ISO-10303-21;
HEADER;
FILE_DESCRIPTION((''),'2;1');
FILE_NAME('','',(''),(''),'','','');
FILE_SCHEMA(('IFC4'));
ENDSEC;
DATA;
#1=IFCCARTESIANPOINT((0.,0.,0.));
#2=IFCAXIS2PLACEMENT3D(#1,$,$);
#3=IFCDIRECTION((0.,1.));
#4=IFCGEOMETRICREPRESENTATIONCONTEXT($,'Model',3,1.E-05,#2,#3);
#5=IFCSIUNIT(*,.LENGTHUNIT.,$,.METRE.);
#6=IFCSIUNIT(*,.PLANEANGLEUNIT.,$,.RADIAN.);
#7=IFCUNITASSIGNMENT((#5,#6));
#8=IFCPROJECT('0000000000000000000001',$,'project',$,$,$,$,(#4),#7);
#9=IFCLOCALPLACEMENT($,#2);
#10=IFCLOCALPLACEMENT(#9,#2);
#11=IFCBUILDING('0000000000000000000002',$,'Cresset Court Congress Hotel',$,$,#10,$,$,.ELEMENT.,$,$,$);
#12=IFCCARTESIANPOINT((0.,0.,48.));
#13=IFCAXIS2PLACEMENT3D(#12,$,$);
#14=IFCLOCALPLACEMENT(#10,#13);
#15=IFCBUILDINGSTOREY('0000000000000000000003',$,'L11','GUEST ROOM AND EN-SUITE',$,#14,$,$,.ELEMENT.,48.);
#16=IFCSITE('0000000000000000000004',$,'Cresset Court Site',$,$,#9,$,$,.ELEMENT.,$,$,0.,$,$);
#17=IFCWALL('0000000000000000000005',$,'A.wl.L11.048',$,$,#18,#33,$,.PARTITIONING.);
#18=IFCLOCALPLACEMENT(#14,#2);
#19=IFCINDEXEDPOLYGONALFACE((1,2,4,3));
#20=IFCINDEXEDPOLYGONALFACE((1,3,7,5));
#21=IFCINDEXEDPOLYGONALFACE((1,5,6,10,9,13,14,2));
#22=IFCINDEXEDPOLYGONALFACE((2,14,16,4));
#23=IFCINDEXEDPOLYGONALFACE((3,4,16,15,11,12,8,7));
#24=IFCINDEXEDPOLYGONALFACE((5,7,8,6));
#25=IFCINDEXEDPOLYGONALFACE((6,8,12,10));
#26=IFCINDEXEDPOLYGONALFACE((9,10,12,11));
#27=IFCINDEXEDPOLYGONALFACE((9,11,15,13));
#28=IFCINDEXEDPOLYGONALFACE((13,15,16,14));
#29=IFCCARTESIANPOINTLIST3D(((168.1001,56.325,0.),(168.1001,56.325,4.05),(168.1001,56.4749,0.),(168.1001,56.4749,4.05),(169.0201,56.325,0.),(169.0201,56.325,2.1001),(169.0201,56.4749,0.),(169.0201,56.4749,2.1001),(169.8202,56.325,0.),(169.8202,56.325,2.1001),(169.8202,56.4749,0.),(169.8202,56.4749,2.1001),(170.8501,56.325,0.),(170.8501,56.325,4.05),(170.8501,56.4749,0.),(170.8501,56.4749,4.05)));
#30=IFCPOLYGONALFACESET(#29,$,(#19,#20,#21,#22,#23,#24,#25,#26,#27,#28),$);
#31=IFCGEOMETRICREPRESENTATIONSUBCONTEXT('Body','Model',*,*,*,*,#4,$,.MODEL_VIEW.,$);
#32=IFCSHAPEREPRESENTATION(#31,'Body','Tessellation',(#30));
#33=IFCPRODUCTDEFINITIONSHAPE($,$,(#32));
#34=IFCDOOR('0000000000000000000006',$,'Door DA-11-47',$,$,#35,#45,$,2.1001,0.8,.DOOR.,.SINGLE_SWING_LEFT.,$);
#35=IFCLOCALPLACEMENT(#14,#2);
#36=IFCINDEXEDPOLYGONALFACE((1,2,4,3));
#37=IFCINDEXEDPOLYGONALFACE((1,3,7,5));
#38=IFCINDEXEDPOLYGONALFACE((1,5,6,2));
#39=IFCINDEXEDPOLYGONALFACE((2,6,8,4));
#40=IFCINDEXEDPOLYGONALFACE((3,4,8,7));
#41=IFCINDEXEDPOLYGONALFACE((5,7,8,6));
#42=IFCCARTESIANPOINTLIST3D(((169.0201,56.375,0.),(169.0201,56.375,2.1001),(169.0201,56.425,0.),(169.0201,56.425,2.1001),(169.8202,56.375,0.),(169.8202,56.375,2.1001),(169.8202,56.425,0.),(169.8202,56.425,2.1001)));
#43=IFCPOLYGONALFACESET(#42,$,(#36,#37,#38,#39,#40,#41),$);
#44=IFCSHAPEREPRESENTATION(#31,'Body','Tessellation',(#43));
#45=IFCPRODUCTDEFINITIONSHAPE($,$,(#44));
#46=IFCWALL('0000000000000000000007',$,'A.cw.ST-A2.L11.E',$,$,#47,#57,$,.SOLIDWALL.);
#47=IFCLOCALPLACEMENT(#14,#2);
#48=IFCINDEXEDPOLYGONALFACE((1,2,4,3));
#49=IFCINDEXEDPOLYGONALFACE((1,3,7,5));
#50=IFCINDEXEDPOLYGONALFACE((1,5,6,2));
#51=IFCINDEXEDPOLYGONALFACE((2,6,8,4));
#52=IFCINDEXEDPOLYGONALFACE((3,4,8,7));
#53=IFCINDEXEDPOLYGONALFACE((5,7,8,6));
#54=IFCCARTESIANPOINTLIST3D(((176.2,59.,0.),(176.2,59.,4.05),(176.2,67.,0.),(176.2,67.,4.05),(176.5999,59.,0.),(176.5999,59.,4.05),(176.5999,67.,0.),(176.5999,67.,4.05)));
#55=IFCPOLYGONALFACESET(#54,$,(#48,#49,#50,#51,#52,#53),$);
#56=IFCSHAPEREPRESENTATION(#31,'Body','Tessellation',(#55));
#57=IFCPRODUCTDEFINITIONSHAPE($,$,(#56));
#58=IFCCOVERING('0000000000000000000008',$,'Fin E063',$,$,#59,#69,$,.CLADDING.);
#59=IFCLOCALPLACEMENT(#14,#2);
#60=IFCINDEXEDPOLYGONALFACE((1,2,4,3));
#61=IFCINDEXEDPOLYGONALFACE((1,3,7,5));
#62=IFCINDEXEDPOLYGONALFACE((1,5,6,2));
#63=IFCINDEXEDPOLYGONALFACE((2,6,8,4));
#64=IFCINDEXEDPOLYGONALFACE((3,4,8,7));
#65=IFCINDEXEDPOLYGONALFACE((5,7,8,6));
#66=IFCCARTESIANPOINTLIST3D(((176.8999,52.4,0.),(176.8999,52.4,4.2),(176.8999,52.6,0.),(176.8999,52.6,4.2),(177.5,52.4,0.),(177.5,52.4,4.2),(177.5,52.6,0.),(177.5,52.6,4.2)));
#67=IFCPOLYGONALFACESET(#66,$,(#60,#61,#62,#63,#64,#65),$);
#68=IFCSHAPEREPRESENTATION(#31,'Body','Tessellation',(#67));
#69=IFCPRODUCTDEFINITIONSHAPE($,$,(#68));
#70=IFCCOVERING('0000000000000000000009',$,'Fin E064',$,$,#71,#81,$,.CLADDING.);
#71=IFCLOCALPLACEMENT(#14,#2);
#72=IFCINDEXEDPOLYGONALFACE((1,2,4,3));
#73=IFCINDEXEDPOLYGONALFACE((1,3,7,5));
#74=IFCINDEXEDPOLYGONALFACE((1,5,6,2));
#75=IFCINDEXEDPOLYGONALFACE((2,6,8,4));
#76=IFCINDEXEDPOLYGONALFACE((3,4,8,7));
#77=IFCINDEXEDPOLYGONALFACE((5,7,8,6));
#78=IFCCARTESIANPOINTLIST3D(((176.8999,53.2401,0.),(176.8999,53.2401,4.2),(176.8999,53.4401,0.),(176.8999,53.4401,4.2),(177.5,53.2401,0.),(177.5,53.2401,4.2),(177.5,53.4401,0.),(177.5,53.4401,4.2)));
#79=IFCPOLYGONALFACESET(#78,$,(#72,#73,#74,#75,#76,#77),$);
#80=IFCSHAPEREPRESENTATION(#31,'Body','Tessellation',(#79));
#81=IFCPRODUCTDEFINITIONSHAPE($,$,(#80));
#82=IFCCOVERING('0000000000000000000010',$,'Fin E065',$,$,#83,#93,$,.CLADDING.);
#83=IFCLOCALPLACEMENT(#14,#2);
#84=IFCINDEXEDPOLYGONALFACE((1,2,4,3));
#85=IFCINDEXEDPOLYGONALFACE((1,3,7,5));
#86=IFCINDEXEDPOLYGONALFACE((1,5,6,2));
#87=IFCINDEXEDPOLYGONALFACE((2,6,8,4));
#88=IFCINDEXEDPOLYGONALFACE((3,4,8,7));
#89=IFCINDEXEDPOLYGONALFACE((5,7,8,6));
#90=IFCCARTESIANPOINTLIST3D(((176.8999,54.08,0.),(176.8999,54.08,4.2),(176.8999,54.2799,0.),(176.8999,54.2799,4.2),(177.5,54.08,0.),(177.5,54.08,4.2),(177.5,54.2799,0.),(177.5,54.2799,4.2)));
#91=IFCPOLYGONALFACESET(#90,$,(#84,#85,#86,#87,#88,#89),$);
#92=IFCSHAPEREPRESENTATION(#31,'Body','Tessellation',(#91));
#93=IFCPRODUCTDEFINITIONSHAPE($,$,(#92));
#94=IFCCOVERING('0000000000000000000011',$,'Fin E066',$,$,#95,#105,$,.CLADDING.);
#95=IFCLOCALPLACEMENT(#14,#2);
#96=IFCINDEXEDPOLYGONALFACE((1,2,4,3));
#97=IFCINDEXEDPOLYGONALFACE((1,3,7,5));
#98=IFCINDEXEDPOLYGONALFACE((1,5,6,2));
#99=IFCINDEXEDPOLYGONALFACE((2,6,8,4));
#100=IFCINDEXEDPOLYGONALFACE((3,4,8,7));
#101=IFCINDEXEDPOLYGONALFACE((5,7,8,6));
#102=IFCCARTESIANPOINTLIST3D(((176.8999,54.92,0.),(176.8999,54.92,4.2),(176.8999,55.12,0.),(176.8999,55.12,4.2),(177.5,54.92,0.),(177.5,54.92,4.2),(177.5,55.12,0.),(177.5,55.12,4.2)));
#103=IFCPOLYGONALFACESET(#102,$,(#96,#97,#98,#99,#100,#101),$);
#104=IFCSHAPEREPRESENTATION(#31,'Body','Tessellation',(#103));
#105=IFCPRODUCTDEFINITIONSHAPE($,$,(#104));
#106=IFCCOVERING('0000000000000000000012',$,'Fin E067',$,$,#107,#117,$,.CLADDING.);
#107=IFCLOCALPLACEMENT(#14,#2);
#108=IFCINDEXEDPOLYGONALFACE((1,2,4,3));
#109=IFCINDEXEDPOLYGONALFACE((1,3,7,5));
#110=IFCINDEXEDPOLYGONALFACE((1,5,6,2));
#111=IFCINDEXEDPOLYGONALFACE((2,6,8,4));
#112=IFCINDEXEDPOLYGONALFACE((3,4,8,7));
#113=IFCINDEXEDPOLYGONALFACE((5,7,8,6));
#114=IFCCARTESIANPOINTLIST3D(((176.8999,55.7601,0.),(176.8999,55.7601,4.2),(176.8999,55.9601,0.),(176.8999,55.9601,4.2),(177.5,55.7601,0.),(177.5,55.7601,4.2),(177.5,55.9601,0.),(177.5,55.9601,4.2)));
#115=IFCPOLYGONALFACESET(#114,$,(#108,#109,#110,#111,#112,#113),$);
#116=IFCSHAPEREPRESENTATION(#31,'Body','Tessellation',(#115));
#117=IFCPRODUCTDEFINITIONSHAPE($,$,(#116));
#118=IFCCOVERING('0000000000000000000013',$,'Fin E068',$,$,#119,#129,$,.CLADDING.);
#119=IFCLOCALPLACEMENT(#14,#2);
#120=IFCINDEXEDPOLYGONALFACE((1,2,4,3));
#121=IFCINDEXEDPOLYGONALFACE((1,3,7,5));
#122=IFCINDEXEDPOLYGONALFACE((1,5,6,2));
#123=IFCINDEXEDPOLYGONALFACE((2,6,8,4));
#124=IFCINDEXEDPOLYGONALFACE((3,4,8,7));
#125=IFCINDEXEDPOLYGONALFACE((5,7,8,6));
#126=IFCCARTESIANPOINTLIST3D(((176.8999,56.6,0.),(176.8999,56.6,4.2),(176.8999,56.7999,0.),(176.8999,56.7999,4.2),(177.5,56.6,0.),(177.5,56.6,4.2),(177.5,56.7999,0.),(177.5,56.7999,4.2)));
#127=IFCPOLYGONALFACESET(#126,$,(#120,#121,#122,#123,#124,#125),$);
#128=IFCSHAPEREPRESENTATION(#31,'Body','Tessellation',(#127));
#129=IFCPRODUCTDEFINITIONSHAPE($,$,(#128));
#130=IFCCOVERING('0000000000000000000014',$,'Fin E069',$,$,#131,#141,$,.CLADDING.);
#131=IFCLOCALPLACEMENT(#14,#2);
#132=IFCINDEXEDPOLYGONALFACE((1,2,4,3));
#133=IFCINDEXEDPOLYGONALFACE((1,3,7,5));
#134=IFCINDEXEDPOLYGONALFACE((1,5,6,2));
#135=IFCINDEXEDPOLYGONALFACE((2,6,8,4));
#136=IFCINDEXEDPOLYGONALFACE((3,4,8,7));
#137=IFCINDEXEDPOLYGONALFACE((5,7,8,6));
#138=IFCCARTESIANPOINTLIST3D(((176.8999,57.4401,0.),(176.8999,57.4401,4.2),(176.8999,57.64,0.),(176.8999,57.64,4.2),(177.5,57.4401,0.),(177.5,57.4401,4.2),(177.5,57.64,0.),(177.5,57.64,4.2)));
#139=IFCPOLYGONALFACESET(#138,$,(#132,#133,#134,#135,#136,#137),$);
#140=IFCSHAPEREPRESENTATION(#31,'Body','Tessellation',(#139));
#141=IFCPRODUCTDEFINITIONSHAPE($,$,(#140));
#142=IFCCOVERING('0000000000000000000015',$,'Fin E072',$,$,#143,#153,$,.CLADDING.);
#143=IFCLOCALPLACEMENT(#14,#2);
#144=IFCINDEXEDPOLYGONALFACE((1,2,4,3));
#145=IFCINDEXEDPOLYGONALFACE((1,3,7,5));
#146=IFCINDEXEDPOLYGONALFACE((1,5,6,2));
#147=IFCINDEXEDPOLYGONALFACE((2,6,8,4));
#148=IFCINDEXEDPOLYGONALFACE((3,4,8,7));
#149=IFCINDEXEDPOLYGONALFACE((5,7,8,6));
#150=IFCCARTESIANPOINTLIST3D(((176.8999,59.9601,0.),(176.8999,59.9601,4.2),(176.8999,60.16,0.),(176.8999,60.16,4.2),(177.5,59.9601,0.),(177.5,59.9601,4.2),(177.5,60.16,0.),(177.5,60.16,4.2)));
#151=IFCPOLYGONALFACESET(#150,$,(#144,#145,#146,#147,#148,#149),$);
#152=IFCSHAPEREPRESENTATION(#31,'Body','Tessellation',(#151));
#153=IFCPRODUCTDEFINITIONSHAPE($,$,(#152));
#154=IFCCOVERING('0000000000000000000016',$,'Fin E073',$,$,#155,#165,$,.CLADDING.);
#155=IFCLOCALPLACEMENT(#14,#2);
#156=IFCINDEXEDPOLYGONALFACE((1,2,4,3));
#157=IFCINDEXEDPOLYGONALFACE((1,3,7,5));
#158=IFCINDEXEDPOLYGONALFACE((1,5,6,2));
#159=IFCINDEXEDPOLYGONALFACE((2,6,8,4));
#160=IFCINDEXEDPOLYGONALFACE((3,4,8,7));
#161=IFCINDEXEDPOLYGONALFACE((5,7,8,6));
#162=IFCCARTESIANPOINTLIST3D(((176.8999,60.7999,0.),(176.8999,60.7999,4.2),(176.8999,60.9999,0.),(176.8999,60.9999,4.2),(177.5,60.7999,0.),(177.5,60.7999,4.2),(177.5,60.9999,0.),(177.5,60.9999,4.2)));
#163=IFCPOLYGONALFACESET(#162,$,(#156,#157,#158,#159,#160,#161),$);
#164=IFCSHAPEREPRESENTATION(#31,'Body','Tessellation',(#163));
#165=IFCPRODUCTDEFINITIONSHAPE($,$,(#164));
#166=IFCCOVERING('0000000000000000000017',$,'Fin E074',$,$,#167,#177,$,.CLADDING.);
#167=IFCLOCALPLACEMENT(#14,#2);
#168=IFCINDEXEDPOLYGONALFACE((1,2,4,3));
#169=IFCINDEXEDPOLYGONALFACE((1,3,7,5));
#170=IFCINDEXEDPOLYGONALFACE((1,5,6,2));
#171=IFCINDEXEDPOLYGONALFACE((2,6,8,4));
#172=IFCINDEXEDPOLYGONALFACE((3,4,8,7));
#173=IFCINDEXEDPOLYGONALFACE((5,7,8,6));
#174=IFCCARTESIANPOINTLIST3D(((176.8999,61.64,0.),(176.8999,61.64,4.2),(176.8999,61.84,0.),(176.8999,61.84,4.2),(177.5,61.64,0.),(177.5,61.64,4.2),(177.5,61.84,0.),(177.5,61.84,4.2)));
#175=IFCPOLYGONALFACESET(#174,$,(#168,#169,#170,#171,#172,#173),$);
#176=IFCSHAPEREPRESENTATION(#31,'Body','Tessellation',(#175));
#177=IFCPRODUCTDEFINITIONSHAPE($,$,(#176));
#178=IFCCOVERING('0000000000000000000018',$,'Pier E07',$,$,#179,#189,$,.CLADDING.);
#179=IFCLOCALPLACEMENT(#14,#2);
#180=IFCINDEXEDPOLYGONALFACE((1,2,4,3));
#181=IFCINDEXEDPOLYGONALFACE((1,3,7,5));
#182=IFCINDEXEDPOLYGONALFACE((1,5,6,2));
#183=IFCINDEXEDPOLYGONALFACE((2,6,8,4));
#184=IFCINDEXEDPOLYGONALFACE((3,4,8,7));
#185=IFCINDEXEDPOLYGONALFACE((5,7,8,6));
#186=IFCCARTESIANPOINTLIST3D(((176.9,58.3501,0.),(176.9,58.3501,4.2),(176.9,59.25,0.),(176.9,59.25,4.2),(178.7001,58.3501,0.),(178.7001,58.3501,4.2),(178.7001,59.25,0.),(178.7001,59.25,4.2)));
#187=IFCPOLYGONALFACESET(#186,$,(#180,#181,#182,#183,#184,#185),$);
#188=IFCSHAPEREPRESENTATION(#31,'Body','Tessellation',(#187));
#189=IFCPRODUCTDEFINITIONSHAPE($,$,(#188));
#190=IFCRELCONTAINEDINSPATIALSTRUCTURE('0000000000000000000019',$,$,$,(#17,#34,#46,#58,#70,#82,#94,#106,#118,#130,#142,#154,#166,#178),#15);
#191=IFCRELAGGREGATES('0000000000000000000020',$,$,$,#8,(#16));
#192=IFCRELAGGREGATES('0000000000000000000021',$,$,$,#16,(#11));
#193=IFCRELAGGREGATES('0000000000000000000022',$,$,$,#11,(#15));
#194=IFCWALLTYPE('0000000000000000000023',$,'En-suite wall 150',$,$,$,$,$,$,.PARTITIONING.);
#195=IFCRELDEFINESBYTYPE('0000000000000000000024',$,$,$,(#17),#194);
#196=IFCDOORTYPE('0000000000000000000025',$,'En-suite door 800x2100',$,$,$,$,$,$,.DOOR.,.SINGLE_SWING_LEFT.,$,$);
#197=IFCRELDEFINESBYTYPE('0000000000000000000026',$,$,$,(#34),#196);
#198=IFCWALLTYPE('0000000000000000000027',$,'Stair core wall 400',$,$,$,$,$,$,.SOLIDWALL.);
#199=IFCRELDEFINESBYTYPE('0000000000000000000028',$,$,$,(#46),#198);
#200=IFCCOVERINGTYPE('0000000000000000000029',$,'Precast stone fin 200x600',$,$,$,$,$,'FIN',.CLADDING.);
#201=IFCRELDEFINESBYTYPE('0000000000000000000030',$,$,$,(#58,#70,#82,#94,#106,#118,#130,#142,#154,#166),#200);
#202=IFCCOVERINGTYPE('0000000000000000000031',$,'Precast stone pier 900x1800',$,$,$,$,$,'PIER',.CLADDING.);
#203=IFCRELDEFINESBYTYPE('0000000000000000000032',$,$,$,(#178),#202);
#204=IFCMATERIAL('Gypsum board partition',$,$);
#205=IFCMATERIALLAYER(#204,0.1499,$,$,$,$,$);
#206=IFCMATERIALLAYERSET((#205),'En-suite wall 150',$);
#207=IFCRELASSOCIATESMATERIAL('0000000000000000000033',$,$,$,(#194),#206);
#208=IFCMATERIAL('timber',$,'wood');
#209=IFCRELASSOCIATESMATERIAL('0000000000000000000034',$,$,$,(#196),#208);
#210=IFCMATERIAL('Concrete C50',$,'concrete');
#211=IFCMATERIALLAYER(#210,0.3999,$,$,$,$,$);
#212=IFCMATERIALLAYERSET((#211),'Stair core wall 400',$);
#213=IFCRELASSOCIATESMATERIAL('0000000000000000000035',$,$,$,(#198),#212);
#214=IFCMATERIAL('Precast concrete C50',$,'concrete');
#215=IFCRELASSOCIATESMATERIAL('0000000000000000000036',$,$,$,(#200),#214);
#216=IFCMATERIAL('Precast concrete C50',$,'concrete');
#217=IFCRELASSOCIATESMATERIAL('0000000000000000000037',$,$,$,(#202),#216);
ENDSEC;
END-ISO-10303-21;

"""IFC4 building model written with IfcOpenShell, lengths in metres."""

from ifc_helpers import new_model, si_unit, direction, frame, frame_2d, origin, origin_2d, place, context, subcontext, project, spatial, rectangle, extrude, material, layer, layer_set, type_object, element, fill, save


model = new_model("IFC4")

# Units and contexts
model_context = context("Model", 3, precision=1e-05, world=origin(), true_north=direction((0.0, 1.0)))
body_context = subcontext(model_context, "Body", "Model", "MODEL_VIEW")
ifc_project = project(units=[si_unit("LENGTHUNIT", "METRE"), si_unit("PLANEANGLEUNIT", "RADIAN")], contexts=[model_context])

# Site, building, storey
site_placement = place(None, origin())
site = spatial("IfcSite", under=ifc_project, at=site_placement, Name="Cresset Court Site", CompositionType="ELEMENT", RefElevation=0.0)
building_placement = place(site_placement, origin())
building = spatial("IfcBuilding", under=site, at=building_placement, Name="Cresset Court Congress Hotel", CompositionType="ELEMENT")
storey_placement = place(building_placement, frame((0.0, 0.0, 48.0)))
storey = spatial("IfcBuildingStorey", under=building, at=storey_placement, Name="L11", Description="GUEST ROOM AND EN-SUITE", CompositionType="ELEMENT", Elevation=48.0)

# Wall, opening, door
ifc_material_1 = material(Name="Gypsum board partition")
ifc_layer_1 = layer(ifc_material_1, 0.1499)
ifc_layer_set_1 = layer_set([ifc_layer_1], Name="En-suite wall 150")
wall_type_1 = type_object("IfcWallType", Name="En-suite wall 150", PredefinedType="PARTITIONING", material=ifc_layer_set_1)
wall_1_placement = place(storey_placement, frame((170.8501, 56.3999, 0.0), z_axis=(0.0, 0.0, 1.0), x_axis=(-1.0, 0.0, 0.0)))
wall_1 = element("IfcWall", 1, at=wall_1_placement, inside=storey, type_object=wall_type_1, Name="A.wl.L11.048", PredefinedType="PARTITIONING", context=body_context, shape_type="SweptSolid", body=[
    extrude(rectangle(XDim=2.75, YDim=0.1499, at=frame_2d((1.375, 0.0))), origin(), (0.0, 0.0, 1.0), 4.05),
])
opening_placement = place(wall_1_placement, frame((1.03, 0.0, 0.0)))
opening = element("IfcOpeningElement", 2, at=opening_placement, cuts=wall_1, PredefinedType="OPENING", context=body_context, shape_type="SweptSolid", body=[
    extrude(rectangle(XDim=0.8, YDim=2.1001, at=frame_2d((0.3999, 1.05))), frame((0.0, 0.085, 0.0), z_axis=(0.0, -1.0, 0.0), x_axis=(1.0, 0.0, 0.0)), (0.0, 0.0, 1.0), 0.1699),
])
ifc_material_2 = material(Name="timber", Category="wood")
door_type = type_object("IfcDoorType", Name="En-suite door 800x2100", OperationType="SINGLE_SWING_LEFT", PredefinedType="DOOR", material=ifc_material_2)
door_placement = place(opening_placement, origin())
door = element("IfcDoor", 3, at=door_placement, inside=storey, type_object=door_type, Name="Door DA-11-47", OperationType="SINGLE_SWING_LEFT", OverallHeight=2.1001, OverallWidth=0.8, PredefinedType="DOOR", context=body_context, shape_type="SweptSolid", body=[
    extrude(rectangle(XDim=0.8, YDim=2.1001, at=frame_2d((0.3999, 1.05))), frame((0.0, 0.0249, 0.0), z_axis=(0.0, -1.0, 0.0), x_axis=(1.0, 0.0, 0.0)), (0.0, 0.0, 1.0), 0.05),
])
fill(opening, door)

# Wall
ifc_material_3 = material(Name="Concrete C50", Category="concrete")
ifc_layer_2 = layer(ifc_material_3, 0.3999)
ifc_layer_set_2 = layer_set([ifc_layer_2], Name="Stair core wall 400")
wall_type_2 = type_object("IfcWallType", Name="Stair core wall 400", PredefinedType="SOLIDWALL", material=ifc_layer_set_2)
wall_2_placement = place(storey_placement, frame((176.3999, 59.0, 0.0), z_axis=(0.0, 0.0, 1.0), x_axis=(0.0, 1.0, 0.0)))
element("IfcWall", 4, at=wall_2_placement, inside=storey, type_object=wall_type_2, Name="A.cw.ST-A2.L11.E", PredefinedType="SOLIDWALL", context=body_context, shape_type="SweptSolid", body=[
    extrude(rectangle(XDim=8.0, YDim=0.3999, at=frame_2d((4.0, 0.0))), origin(), (0.0, 0.0, 1.0), 4.05),
])

# Coverings
ifc_material_4 = material(Name="Precast concrete C50", Category="concrete")
covering_type_1 = type_object("IfcCoveringType", Name="Precast stone fin 200x600", ElementType="FIN", PredefinedType="CLADDING", material=ifc_material_4)
for number, where, z_axis, x_axis, name in (
    (5, (177.2, 52.5, 0.0), (0.0, 0.0, 1.0), (1.0, 0.0, 0.0), "Fin E063"),
    (6, (177.2, 53.3401, 0.0), (0.0, 0.0, 1.0), (1.0, 0.0, 0.0), "Fin E064"),
    (7, (177.2, 54.1799, 0.0), (0.0, 0.0, 1.0), (1.0, 0.0, 0.0), "Fin E065"),
    (8, (177.2, 55.02, 0.0), (0.0, 0.0, 1.0), (1.0, 0.0, 0.0), "Fin E066"),
    (9, (177.2, 55.8601, 0.0), (0.0, 0.0, 1.0), (1.0, 0.0, 0.0), "Fin E067"),
    (10, (177.2, 56.7, 0.0), (0.0, 0.0, 1.0), (1.0, 0.0, 0.0), "Fin E068"),
    (11, (177.2, 57.54, 0.0), (0.0, 0.0, 1.0), (1.0, 0.0, 0.0), "Fin E069"),
    (12, (177.2, 60.0601, 0.0), (0.0, 0.0, 1.0), (1.0, 0.0, 0.0), "Fin E072"),
    (13, (177.2, 60.8999, 0.0), (0.0, 0.0, 1.0), (1.0, 0.0, 0.0), "Fin E073"),
    (14, (177.2, 61.74, 0.0), (0.0, 0.0, 1.0), (1.0, 0.0, 0.0), "Fin E074"),
):
    element("IfcCovering", number, at=place(storey_placement, frame(where, z_axis=z_axis, x_axis=x_axis)), inside=storey, type_object=covering_type_1, Name=name, PredefinedType="CLADDING", context=body_context, shape_type="SweptSolid", body=[
        extrude(rectangle(XDim=0.6001, YDim=0.2, at=origin_2d()), origin(), (0.0, 0.0, 1.0), 4.2),
    ])
ifc_material_5 = material(Name="Precast concrete C50", Category="concrete")
covering_type_2 = type_object("IfcCoveringType", Name="Precast stone pier 900x1800", ElementType="PIER", PredefinedType="CLADDING", material=ifc_material_5)
covering_placement = place(storey_placement, frame((177.8, 58.8, 0.0), z_axis=(0.0, 0.0, 1.0), x_axis=(1.0, 0.0, 0.0)))
element("IfcCovering", 15, at=covering_placement, inside=storey, type_object=covering_type_2, Name="Pier E07", PredefinedType="CLADDING", context=body_context, shape_type="SweptSolid", body=[
    extrude(rectangle(XDim=1.8, YDim=0.8999, at=origin_2d()), origin(), (0.0, 0.0, 1.0), 4.2),
])

save(model, "model.ifc")
